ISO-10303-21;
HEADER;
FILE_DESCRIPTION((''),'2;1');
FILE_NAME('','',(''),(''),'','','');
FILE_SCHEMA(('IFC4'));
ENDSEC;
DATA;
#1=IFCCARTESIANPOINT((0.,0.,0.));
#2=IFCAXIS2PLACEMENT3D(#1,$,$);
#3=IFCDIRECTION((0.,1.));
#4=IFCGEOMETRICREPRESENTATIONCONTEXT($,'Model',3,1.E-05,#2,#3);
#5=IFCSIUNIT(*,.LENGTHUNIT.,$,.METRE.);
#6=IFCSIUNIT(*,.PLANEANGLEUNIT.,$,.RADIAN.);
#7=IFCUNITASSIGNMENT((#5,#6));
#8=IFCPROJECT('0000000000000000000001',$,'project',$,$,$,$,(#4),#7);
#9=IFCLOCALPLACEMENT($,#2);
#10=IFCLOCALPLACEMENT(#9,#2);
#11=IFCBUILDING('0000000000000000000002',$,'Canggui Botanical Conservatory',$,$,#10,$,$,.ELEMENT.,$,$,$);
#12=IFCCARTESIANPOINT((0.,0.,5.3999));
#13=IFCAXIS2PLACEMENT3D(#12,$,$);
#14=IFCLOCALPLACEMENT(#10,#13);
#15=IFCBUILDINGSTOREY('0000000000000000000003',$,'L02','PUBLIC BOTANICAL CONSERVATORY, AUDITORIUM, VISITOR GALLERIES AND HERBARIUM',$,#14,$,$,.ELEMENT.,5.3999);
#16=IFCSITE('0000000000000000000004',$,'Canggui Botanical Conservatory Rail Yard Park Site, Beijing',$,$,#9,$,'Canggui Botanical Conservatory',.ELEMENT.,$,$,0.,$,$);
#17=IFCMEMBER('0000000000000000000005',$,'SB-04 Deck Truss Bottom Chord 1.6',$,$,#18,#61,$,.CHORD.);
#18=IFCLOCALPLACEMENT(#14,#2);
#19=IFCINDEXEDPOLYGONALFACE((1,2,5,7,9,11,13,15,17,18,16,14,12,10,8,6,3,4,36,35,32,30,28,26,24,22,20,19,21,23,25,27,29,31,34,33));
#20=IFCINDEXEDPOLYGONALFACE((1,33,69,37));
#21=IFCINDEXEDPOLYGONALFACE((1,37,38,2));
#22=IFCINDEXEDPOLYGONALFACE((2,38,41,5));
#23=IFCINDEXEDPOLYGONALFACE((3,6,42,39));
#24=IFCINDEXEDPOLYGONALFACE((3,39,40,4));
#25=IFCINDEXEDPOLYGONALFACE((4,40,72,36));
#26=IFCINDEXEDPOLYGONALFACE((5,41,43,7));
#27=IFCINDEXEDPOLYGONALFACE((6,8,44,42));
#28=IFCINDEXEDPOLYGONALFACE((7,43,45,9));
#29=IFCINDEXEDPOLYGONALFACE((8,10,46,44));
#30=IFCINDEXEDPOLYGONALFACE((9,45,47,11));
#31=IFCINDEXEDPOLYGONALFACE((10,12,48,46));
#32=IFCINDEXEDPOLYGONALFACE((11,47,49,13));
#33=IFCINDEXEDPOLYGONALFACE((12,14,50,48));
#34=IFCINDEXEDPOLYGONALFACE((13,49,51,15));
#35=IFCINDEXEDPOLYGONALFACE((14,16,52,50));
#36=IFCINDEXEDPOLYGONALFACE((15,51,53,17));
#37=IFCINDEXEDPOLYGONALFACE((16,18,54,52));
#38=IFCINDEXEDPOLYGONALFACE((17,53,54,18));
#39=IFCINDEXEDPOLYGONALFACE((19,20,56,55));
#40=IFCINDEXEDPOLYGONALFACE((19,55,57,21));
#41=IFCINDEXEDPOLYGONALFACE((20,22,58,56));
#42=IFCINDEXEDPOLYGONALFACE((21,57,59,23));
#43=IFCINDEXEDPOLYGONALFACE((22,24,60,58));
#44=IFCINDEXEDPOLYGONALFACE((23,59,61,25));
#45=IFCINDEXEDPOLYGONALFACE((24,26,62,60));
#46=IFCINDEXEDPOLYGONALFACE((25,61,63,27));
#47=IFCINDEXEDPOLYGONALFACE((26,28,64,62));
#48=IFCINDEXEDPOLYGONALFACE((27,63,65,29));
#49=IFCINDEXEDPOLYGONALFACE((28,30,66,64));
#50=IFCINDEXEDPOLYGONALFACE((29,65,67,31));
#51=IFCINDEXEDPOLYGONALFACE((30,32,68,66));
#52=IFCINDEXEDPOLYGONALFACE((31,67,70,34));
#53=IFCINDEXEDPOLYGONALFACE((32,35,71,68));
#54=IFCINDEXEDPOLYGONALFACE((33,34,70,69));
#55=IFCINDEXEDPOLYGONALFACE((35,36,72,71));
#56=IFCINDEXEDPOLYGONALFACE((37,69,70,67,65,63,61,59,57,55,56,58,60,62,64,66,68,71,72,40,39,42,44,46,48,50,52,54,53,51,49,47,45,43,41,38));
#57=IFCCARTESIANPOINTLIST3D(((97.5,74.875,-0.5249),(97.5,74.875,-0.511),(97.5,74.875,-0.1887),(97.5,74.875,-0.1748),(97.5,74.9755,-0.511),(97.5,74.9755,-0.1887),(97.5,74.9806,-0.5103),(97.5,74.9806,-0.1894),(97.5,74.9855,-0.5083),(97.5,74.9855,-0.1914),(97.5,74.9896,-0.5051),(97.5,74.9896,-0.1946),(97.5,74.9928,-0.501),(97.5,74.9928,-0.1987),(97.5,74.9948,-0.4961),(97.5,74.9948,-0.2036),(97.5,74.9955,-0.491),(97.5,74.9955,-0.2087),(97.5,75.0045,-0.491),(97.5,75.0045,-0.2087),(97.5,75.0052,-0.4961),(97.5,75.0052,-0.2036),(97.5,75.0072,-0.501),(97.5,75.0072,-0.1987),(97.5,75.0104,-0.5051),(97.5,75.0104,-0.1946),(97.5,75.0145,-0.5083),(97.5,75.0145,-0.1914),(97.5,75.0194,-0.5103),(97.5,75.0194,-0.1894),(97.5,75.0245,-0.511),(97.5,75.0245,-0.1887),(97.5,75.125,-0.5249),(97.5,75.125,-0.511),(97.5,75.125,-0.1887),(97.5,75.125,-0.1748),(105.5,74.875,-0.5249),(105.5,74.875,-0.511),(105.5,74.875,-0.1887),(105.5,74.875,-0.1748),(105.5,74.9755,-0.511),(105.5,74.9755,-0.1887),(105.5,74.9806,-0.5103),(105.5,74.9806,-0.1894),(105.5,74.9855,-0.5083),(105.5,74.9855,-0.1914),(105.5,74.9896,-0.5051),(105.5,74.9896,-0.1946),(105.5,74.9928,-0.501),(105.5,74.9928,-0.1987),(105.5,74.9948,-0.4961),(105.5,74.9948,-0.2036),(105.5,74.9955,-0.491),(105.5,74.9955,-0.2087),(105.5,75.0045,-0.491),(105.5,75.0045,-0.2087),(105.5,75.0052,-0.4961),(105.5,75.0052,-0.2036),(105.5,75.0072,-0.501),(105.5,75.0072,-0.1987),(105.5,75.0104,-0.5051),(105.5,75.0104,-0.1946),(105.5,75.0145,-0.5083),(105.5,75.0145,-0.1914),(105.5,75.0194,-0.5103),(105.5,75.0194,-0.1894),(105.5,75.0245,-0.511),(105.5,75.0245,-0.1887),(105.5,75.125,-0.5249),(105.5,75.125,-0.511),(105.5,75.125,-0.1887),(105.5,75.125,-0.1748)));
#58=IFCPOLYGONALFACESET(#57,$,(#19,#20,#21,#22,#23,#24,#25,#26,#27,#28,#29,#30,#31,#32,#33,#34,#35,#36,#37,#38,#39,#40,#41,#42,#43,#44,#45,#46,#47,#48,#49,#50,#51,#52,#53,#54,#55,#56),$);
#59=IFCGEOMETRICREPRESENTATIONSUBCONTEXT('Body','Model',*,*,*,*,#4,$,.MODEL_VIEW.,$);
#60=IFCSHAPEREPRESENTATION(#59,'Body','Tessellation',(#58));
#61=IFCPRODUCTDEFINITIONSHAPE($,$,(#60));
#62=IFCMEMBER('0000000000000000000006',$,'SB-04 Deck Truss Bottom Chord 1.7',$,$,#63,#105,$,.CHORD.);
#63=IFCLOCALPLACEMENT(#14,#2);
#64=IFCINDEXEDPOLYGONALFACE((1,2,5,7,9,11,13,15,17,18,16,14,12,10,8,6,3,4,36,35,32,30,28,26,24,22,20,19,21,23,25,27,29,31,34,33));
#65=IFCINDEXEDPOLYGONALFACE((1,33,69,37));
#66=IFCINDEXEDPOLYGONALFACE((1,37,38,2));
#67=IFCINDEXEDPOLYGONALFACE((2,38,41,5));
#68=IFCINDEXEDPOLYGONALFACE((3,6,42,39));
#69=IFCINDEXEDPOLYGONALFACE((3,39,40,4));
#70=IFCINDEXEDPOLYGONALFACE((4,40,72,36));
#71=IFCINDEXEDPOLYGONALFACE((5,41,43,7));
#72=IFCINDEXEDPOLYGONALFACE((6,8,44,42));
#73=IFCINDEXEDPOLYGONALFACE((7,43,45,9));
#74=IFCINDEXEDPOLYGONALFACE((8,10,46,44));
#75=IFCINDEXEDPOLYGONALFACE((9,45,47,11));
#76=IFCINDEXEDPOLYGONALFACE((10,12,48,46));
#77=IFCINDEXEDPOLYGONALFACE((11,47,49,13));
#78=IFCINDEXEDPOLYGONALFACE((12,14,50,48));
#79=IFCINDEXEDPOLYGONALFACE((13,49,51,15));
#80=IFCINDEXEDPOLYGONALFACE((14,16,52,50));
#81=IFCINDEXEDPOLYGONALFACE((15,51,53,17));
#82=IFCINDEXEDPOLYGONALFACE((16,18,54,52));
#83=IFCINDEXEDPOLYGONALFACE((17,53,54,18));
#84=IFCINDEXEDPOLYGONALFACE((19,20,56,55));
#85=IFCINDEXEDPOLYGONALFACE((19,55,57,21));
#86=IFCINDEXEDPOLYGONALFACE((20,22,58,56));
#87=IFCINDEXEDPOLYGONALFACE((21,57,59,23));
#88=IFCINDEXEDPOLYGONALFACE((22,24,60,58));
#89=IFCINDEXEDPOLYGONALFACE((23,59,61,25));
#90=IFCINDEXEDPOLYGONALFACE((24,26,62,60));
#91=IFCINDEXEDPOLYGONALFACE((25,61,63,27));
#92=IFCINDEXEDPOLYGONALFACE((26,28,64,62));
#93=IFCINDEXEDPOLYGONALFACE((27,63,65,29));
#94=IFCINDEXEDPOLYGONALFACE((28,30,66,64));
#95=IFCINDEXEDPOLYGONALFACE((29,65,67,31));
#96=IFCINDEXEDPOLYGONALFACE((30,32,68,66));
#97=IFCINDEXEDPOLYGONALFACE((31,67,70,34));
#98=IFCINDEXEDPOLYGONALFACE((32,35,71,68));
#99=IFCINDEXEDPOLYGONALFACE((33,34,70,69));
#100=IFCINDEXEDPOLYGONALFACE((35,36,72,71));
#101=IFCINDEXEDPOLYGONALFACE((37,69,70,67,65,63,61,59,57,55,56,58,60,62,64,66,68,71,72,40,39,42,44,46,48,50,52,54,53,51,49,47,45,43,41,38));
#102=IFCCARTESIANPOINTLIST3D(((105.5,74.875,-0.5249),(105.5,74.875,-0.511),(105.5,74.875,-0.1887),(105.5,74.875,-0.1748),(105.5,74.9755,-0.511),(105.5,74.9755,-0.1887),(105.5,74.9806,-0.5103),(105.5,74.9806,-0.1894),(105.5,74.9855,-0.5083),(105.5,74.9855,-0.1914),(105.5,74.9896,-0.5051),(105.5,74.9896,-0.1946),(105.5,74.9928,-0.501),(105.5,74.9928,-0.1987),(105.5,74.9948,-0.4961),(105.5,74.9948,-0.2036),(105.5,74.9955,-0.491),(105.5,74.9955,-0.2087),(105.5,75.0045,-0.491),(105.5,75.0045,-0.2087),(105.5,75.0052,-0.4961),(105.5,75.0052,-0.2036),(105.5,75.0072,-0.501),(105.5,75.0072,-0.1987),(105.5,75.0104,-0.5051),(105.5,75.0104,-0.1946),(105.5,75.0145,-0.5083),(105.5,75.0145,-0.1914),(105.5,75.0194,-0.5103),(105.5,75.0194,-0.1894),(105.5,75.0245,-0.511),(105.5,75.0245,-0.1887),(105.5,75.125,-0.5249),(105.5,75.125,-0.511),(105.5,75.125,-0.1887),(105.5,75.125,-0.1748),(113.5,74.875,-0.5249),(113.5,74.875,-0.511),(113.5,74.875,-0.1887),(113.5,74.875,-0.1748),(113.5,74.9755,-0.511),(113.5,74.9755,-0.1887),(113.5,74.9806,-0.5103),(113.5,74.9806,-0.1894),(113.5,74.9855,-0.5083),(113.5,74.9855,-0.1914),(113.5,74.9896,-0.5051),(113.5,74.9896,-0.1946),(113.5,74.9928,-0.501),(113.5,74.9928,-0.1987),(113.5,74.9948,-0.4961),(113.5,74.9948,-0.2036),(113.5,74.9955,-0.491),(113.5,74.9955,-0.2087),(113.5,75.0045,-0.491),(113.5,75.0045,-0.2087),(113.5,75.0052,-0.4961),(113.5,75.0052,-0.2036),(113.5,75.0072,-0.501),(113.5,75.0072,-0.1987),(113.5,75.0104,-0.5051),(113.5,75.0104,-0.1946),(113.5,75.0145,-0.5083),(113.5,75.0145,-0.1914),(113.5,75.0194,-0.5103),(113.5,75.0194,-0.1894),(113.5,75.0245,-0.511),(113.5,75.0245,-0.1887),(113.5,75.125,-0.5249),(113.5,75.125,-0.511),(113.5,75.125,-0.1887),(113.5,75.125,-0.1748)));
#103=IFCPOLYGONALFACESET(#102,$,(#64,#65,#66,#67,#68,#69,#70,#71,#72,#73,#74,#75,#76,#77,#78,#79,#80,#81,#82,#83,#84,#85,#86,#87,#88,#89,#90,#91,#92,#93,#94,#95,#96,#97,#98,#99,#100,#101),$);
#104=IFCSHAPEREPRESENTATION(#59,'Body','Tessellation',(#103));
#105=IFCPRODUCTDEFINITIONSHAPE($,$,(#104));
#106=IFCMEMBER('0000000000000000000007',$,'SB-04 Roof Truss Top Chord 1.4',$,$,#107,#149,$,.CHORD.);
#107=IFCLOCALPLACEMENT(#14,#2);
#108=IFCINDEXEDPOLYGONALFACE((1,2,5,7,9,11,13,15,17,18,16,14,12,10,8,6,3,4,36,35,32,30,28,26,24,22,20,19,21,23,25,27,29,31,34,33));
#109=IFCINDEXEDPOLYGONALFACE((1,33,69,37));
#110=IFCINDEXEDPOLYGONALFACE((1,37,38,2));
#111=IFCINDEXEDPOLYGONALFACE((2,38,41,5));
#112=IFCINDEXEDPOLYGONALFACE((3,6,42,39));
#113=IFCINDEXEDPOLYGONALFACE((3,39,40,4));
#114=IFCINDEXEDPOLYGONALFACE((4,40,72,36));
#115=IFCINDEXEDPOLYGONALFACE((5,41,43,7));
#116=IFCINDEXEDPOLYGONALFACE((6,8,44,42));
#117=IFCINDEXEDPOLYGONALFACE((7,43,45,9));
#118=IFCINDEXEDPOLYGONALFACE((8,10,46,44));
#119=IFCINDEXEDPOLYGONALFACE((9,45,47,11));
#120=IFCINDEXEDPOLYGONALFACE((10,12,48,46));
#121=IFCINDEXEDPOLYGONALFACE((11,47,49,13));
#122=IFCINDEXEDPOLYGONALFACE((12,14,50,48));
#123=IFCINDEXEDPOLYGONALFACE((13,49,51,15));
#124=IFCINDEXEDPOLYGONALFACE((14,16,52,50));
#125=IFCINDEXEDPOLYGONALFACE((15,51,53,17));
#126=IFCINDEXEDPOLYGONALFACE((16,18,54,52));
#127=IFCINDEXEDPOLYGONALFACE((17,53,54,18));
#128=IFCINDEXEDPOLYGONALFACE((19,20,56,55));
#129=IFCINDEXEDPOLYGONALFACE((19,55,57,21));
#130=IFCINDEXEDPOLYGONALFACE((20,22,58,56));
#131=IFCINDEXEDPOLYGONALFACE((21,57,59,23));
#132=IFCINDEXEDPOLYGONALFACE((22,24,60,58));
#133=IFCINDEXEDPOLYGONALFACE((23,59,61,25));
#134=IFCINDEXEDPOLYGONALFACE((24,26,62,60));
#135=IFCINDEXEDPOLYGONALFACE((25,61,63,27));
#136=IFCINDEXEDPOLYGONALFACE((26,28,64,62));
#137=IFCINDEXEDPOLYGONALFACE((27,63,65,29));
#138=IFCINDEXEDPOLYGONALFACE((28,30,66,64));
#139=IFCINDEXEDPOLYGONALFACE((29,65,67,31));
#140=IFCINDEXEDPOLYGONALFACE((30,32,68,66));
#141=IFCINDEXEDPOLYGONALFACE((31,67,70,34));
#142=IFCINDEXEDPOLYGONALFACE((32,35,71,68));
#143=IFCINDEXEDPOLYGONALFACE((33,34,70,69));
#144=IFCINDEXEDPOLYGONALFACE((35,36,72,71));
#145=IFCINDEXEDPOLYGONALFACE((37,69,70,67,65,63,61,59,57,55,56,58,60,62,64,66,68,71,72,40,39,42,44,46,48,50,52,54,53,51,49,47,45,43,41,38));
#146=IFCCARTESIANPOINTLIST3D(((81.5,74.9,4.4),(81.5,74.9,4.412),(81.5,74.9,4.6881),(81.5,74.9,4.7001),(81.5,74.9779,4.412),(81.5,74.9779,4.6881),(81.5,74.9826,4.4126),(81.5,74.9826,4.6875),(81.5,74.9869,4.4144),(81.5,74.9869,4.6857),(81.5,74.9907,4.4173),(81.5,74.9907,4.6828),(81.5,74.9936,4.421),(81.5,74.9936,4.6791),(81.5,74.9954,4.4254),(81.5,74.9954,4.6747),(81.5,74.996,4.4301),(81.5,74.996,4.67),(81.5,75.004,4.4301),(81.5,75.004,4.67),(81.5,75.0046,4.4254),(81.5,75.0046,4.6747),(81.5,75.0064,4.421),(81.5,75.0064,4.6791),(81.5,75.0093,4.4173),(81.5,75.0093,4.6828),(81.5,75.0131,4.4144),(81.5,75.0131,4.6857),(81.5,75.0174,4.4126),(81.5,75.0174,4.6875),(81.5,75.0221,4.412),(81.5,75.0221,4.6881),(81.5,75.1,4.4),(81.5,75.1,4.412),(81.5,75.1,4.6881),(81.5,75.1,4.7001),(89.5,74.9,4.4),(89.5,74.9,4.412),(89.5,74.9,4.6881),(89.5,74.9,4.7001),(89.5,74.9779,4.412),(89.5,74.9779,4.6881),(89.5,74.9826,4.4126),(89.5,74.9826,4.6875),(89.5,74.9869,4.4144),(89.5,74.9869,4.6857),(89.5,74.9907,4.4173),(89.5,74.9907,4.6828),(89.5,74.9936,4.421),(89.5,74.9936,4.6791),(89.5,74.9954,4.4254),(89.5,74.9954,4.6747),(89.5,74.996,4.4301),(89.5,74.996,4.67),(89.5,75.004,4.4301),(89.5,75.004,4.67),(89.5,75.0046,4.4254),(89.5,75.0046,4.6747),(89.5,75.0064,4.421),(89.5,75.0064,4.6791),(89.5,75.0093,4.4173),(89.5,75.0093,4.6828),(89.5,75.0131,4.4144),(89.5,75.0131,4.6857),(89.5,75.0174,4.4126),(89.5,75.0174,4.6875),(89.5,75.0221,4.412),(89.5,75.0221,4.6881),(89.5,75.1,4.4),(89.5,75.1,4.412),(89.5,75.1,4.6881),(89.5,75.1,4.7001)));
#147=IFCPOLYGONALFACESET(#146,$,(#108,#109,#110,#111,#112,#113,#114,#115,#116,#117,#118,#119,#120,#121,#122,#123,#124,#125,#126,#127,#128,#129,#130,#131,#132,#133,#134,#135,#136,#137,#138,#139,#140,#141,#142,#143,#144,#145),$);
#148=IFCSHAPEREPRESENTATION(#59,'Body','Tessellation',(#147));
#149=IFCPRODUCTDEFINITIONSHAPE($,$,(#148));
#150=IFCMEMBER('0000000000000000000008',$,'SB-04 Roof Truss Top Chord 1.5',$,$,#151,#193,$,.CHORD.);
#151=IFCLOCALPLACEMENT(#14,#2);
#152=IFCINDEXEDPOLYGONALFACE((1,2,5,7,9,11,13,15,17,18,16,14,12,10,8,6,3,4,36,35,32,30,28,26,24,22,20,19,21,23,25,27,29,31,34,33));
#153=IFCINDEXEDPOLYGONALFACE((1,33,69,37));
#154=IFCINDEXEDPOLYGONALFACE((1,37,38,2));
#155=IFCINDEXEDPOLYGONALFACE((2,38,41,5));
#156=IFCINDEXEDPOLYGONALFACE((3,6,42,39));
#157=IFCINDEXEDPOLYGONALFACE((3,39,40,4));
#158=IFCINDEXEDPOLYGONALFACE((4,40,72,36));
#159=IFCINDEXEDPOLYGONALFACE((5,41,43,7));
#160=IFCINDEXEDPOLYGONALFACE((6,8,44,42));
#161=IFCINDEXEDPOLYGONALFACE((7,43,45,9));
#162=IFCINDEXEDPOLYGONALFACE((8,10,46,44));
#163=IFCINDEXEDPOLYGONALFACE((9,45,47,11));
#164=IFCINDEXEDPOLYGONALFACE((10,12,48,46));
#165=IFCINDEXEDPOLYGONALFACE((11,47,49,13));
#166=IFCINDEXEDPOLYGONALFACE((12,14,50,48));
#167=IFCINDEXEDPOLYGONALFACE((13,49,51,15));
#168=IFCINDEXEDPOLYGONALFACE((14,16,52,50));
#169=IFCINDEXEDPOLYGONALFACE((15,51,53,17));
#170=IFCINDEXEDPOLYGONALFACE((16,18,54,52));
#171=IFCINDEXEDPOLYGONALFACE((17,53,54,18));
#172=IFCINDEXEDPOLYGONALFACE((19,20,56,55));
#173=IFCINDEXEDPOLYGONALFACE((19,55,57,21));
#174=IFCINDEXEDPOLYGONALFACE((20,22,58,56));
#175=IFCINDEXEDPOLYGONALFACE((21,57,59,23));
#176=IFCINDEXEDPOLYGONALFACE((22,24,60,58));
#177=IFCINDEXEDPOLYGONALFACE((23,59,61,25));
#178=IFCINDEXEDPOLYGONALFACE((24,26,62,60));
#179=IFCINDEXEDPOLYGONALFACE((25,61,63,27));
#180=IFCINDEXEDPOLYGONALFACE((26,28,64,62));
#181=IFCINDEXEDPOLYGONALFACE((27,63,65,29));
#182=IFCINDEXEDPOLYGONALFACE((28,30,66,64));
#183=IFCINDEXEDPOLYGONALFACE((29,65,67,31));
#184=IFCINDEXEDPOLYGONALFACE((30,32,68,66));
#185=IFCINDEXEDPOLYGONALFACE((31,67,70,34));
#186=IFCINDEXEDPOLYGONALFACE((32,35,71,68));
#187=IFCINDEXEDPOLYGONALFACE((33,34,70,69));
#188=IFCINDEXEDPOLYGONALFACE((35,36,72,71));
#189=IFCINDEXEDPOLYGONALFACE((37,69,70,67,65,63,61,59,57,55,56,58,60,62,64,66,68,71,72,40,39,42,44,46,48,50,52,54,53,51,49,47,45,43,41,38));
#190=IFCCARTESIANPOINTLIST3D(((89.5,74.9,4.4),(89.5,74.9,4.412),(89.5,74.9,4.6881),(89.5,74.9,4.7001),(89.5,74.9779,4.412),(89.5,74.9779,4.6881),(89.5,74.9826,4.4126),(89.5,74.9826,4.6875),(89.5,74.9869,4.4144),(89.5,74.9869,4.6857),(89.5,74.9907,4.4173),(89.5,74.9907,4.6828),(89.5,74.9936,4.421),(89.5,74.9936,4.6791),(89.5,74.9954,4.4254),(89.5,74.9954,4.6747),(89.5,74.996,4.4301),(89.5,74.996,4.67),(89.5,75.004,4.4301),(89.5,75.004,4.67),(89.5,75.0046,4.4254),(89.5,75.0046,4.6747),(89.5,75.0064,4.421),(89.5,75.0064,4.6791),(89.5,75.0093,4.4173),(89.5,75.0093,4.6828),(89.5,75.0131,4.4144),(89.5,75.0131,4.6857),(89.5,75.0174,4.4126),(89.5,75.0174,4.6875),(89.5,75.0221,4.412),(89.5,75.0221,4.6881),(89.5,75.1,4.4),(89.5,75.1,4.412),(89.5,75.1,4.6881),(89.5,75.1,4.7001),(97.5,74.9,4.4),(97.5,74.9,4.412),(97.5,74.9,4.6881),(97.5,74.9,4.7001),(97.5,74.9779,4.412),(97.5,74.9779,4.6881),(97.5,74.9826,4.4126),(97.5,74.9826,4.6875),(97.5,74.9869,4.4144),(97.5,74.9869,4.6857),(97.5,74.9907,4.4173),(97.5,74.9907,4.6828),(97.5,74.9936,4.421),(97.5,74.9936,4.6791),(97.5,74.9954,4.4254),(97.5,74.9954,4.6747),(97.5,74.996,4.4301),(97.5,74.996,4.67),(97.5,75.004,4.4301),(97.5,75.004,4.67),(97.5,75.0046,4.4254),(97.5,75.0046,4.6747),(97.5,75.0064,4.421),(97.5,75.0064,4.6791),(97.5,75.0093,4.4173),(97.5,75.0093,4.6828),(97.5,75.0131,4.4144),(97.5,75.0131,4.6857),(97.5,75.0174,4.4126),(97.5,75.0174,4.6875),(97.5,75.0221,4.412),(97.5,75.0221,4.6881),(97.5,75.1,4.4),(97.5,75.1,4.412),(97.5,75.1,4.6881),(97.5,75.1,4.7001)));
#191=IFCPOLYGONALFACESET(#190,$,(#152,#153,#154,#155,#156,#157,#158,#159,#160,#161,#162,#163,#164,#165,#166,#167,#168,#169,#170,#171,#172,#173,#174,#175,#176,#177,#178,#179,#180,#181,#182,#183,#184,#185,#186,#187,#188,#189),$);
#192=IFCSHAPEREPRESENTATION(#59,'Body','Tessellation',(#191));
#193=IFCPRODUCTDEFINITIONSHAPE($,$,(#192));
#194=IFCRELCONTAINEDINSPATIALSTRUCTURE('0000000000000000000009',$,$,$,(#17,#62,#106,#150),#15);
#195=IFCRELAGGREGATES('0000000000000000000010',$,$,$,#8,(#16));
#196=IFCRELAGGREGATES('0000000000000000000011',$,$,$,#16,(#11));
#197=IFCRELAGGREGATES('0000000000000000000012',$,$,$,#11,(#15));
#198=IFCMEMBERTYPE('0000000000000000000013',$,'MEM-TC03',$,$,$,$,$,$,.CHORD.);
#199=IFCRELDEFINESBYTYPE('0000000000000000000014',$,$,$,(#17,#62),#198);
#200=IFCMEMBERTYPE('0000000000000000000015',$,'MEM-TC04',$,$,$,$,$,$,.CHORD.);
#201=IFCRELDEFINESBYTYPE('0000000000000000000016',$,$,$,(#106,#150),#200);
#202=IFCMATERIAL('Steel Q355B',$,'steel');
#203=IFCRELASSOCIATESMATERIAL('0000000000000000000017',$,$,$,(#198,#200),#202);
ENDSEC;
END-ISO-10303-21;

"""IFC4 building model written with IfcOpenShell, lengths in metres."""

from ifc_helpers import new_model, si_unit, direction, frame, origin, origin_2d, place, context, subcontext, project, spatial, i_section, extrude, material, material_profile, profile_set, type_object, element, save


model = new_model("IFC4")

# Units and contexts
model_context = context("Model", 3, precision=1e-05, world=origin(), true_north=direction((0.0, 1.0)))
body_context = subcontext(model_context, "Body", "Model", "MODEL_VIEW")
ifc_project = project(units=[si_unit("LENGTHUNIT", "METRE"), si_unit("PLANEANGLEUNIT", "RADIAN")], contexts=[model_context])

# Site, building, storey
site_placement = place(None, origin())
site = spatial("IfcSite", under=ifc_project, at=site_placement, Name="Canggui Botanical Conservatory Rail Yard Park Site, Beijing", LongName="Canggui Botanical Conservatory", CompositionType="ELEMENT", RefElevation=0.0)
building_placement = place(site_placement, origin())
building = spatial("IfcBuilding", under=site, at=building_placement, Name="Canggui Botanical Conservatory", CompositionType="ELEMENT")
storey_placement = place(building_placement, frame((0.0, 0.0, 5.3999)))
storey = spatial("IfcBuildingStorey", under=building, at=storey_placement, Name="L02", Description="PUBLIC BOTANICAL CONSERVATORY, AUDITORIUM, VISITOR GALLERIES AND HERBARIUM", CompositionType="ELEMENT", Elevation=5.3999)

# Shared definitions
ifc_material_1 = material(Name="Steel Q355B", Category="steel")

# Members
ifc_material_profile_1 = material_profile(ifc_material_1, i_section(OverallWidth=0.25, OverallDepth=0.3501, WebThickness=0.009, FlangeThickness=0.0139, FilletRadius=0.02, at=origin_2d()), Name="HM 350x250x9x14")
ifc_profile_set_1 = profile_set([ifc_material_profile_1], Name="Steel Q355B")
member_type_1 = type_object("IfcMemberType", Name="MEM-TC03", PredefinedType="CHORD", material=ifc_profile_set_1)
for number, where, z_axis, x_axis, name in (
    (1, (97.5, 75.0, -0.3499), (1.0, 0.0, 0.0), (0.0, 1.0, 0.0), "SB-04 Deck Truss Bottom Chord 1.6"),
    (2, (105.5, 75.0, -0.3499), (1.0, 0.0, 0.0), (0.0, 1.0, 0.0), "SB-04 Deck Truss Bottom Chord 1.7"),
):
    element("IfcMember", number, at=place(storey_placement, frame(where, z_axis=z_axis, x_axis=x_axis)), inside=storey, type_object=member_type_1, Name=name, PredefinedType="CHORD", context=body_context, shape_type="SweptSolid", body=[
        extrude(i_section(OverallWidth=0.25, OverallDepth=0.3501, WebThickness=0.009, FlangeThickness=0.0139, FilletRadius=0.02, at=origin_2d()), origin(), (0.0, 0.0, 1.0), 8.0),
    ])
ifc_material_profile_2 = material_profile(ifc_material_1, i_section(OverallWidth=0.2, OverallDepth=0.3, WebThickness=0.0081, FlangeThickness=0.012, FilletRadius=0.0181, at=origin_2d()), Name="HM 300x200x8x12")
ifc_profile_set_2 = profile_set([ifc_material_profile_2], Name="Steel Q355B")
member_type_2 = type_object("IfcMemberType", Name="MEM-TC04", PredefinedType="CHORD", material=ifc_profile_set_2)
for number, where, z_axis, x_axis, name in (
    (3, (81.5, 75.0, 4.55), (1.0, 0.0, 0.0), (0.0, 1.0, 0.0), "SB-04 Roof Truss Top Chord 1.4"),
    (4, (89.5, 75.0, 4.55), (1.0, 0.0, 0.0), (0.0, 1.0, 0.0), "SB-04 Roof Truss Top Chord 1.5"),
):
    element("IfcMember", number, at=place(storey_placement, frame(where, z_axis=z_axis, x_axis=x_axis)), inside=storey, type_object=member_type_2, Name=name, PredefinedType="CHORD", context=body_context, shape_type="SweptSolid", body=[
        extrude(i_section(OverallWidth=0.2, OverallDepth=0.3, WebThickness=0.0081, FlangeThickness=0.012, FilletRadius=0.0181, at=origin_2d()), origin(), (0.0, 0.0, 1.0), 8.0),
    ])

save(model, "model.ifc")
